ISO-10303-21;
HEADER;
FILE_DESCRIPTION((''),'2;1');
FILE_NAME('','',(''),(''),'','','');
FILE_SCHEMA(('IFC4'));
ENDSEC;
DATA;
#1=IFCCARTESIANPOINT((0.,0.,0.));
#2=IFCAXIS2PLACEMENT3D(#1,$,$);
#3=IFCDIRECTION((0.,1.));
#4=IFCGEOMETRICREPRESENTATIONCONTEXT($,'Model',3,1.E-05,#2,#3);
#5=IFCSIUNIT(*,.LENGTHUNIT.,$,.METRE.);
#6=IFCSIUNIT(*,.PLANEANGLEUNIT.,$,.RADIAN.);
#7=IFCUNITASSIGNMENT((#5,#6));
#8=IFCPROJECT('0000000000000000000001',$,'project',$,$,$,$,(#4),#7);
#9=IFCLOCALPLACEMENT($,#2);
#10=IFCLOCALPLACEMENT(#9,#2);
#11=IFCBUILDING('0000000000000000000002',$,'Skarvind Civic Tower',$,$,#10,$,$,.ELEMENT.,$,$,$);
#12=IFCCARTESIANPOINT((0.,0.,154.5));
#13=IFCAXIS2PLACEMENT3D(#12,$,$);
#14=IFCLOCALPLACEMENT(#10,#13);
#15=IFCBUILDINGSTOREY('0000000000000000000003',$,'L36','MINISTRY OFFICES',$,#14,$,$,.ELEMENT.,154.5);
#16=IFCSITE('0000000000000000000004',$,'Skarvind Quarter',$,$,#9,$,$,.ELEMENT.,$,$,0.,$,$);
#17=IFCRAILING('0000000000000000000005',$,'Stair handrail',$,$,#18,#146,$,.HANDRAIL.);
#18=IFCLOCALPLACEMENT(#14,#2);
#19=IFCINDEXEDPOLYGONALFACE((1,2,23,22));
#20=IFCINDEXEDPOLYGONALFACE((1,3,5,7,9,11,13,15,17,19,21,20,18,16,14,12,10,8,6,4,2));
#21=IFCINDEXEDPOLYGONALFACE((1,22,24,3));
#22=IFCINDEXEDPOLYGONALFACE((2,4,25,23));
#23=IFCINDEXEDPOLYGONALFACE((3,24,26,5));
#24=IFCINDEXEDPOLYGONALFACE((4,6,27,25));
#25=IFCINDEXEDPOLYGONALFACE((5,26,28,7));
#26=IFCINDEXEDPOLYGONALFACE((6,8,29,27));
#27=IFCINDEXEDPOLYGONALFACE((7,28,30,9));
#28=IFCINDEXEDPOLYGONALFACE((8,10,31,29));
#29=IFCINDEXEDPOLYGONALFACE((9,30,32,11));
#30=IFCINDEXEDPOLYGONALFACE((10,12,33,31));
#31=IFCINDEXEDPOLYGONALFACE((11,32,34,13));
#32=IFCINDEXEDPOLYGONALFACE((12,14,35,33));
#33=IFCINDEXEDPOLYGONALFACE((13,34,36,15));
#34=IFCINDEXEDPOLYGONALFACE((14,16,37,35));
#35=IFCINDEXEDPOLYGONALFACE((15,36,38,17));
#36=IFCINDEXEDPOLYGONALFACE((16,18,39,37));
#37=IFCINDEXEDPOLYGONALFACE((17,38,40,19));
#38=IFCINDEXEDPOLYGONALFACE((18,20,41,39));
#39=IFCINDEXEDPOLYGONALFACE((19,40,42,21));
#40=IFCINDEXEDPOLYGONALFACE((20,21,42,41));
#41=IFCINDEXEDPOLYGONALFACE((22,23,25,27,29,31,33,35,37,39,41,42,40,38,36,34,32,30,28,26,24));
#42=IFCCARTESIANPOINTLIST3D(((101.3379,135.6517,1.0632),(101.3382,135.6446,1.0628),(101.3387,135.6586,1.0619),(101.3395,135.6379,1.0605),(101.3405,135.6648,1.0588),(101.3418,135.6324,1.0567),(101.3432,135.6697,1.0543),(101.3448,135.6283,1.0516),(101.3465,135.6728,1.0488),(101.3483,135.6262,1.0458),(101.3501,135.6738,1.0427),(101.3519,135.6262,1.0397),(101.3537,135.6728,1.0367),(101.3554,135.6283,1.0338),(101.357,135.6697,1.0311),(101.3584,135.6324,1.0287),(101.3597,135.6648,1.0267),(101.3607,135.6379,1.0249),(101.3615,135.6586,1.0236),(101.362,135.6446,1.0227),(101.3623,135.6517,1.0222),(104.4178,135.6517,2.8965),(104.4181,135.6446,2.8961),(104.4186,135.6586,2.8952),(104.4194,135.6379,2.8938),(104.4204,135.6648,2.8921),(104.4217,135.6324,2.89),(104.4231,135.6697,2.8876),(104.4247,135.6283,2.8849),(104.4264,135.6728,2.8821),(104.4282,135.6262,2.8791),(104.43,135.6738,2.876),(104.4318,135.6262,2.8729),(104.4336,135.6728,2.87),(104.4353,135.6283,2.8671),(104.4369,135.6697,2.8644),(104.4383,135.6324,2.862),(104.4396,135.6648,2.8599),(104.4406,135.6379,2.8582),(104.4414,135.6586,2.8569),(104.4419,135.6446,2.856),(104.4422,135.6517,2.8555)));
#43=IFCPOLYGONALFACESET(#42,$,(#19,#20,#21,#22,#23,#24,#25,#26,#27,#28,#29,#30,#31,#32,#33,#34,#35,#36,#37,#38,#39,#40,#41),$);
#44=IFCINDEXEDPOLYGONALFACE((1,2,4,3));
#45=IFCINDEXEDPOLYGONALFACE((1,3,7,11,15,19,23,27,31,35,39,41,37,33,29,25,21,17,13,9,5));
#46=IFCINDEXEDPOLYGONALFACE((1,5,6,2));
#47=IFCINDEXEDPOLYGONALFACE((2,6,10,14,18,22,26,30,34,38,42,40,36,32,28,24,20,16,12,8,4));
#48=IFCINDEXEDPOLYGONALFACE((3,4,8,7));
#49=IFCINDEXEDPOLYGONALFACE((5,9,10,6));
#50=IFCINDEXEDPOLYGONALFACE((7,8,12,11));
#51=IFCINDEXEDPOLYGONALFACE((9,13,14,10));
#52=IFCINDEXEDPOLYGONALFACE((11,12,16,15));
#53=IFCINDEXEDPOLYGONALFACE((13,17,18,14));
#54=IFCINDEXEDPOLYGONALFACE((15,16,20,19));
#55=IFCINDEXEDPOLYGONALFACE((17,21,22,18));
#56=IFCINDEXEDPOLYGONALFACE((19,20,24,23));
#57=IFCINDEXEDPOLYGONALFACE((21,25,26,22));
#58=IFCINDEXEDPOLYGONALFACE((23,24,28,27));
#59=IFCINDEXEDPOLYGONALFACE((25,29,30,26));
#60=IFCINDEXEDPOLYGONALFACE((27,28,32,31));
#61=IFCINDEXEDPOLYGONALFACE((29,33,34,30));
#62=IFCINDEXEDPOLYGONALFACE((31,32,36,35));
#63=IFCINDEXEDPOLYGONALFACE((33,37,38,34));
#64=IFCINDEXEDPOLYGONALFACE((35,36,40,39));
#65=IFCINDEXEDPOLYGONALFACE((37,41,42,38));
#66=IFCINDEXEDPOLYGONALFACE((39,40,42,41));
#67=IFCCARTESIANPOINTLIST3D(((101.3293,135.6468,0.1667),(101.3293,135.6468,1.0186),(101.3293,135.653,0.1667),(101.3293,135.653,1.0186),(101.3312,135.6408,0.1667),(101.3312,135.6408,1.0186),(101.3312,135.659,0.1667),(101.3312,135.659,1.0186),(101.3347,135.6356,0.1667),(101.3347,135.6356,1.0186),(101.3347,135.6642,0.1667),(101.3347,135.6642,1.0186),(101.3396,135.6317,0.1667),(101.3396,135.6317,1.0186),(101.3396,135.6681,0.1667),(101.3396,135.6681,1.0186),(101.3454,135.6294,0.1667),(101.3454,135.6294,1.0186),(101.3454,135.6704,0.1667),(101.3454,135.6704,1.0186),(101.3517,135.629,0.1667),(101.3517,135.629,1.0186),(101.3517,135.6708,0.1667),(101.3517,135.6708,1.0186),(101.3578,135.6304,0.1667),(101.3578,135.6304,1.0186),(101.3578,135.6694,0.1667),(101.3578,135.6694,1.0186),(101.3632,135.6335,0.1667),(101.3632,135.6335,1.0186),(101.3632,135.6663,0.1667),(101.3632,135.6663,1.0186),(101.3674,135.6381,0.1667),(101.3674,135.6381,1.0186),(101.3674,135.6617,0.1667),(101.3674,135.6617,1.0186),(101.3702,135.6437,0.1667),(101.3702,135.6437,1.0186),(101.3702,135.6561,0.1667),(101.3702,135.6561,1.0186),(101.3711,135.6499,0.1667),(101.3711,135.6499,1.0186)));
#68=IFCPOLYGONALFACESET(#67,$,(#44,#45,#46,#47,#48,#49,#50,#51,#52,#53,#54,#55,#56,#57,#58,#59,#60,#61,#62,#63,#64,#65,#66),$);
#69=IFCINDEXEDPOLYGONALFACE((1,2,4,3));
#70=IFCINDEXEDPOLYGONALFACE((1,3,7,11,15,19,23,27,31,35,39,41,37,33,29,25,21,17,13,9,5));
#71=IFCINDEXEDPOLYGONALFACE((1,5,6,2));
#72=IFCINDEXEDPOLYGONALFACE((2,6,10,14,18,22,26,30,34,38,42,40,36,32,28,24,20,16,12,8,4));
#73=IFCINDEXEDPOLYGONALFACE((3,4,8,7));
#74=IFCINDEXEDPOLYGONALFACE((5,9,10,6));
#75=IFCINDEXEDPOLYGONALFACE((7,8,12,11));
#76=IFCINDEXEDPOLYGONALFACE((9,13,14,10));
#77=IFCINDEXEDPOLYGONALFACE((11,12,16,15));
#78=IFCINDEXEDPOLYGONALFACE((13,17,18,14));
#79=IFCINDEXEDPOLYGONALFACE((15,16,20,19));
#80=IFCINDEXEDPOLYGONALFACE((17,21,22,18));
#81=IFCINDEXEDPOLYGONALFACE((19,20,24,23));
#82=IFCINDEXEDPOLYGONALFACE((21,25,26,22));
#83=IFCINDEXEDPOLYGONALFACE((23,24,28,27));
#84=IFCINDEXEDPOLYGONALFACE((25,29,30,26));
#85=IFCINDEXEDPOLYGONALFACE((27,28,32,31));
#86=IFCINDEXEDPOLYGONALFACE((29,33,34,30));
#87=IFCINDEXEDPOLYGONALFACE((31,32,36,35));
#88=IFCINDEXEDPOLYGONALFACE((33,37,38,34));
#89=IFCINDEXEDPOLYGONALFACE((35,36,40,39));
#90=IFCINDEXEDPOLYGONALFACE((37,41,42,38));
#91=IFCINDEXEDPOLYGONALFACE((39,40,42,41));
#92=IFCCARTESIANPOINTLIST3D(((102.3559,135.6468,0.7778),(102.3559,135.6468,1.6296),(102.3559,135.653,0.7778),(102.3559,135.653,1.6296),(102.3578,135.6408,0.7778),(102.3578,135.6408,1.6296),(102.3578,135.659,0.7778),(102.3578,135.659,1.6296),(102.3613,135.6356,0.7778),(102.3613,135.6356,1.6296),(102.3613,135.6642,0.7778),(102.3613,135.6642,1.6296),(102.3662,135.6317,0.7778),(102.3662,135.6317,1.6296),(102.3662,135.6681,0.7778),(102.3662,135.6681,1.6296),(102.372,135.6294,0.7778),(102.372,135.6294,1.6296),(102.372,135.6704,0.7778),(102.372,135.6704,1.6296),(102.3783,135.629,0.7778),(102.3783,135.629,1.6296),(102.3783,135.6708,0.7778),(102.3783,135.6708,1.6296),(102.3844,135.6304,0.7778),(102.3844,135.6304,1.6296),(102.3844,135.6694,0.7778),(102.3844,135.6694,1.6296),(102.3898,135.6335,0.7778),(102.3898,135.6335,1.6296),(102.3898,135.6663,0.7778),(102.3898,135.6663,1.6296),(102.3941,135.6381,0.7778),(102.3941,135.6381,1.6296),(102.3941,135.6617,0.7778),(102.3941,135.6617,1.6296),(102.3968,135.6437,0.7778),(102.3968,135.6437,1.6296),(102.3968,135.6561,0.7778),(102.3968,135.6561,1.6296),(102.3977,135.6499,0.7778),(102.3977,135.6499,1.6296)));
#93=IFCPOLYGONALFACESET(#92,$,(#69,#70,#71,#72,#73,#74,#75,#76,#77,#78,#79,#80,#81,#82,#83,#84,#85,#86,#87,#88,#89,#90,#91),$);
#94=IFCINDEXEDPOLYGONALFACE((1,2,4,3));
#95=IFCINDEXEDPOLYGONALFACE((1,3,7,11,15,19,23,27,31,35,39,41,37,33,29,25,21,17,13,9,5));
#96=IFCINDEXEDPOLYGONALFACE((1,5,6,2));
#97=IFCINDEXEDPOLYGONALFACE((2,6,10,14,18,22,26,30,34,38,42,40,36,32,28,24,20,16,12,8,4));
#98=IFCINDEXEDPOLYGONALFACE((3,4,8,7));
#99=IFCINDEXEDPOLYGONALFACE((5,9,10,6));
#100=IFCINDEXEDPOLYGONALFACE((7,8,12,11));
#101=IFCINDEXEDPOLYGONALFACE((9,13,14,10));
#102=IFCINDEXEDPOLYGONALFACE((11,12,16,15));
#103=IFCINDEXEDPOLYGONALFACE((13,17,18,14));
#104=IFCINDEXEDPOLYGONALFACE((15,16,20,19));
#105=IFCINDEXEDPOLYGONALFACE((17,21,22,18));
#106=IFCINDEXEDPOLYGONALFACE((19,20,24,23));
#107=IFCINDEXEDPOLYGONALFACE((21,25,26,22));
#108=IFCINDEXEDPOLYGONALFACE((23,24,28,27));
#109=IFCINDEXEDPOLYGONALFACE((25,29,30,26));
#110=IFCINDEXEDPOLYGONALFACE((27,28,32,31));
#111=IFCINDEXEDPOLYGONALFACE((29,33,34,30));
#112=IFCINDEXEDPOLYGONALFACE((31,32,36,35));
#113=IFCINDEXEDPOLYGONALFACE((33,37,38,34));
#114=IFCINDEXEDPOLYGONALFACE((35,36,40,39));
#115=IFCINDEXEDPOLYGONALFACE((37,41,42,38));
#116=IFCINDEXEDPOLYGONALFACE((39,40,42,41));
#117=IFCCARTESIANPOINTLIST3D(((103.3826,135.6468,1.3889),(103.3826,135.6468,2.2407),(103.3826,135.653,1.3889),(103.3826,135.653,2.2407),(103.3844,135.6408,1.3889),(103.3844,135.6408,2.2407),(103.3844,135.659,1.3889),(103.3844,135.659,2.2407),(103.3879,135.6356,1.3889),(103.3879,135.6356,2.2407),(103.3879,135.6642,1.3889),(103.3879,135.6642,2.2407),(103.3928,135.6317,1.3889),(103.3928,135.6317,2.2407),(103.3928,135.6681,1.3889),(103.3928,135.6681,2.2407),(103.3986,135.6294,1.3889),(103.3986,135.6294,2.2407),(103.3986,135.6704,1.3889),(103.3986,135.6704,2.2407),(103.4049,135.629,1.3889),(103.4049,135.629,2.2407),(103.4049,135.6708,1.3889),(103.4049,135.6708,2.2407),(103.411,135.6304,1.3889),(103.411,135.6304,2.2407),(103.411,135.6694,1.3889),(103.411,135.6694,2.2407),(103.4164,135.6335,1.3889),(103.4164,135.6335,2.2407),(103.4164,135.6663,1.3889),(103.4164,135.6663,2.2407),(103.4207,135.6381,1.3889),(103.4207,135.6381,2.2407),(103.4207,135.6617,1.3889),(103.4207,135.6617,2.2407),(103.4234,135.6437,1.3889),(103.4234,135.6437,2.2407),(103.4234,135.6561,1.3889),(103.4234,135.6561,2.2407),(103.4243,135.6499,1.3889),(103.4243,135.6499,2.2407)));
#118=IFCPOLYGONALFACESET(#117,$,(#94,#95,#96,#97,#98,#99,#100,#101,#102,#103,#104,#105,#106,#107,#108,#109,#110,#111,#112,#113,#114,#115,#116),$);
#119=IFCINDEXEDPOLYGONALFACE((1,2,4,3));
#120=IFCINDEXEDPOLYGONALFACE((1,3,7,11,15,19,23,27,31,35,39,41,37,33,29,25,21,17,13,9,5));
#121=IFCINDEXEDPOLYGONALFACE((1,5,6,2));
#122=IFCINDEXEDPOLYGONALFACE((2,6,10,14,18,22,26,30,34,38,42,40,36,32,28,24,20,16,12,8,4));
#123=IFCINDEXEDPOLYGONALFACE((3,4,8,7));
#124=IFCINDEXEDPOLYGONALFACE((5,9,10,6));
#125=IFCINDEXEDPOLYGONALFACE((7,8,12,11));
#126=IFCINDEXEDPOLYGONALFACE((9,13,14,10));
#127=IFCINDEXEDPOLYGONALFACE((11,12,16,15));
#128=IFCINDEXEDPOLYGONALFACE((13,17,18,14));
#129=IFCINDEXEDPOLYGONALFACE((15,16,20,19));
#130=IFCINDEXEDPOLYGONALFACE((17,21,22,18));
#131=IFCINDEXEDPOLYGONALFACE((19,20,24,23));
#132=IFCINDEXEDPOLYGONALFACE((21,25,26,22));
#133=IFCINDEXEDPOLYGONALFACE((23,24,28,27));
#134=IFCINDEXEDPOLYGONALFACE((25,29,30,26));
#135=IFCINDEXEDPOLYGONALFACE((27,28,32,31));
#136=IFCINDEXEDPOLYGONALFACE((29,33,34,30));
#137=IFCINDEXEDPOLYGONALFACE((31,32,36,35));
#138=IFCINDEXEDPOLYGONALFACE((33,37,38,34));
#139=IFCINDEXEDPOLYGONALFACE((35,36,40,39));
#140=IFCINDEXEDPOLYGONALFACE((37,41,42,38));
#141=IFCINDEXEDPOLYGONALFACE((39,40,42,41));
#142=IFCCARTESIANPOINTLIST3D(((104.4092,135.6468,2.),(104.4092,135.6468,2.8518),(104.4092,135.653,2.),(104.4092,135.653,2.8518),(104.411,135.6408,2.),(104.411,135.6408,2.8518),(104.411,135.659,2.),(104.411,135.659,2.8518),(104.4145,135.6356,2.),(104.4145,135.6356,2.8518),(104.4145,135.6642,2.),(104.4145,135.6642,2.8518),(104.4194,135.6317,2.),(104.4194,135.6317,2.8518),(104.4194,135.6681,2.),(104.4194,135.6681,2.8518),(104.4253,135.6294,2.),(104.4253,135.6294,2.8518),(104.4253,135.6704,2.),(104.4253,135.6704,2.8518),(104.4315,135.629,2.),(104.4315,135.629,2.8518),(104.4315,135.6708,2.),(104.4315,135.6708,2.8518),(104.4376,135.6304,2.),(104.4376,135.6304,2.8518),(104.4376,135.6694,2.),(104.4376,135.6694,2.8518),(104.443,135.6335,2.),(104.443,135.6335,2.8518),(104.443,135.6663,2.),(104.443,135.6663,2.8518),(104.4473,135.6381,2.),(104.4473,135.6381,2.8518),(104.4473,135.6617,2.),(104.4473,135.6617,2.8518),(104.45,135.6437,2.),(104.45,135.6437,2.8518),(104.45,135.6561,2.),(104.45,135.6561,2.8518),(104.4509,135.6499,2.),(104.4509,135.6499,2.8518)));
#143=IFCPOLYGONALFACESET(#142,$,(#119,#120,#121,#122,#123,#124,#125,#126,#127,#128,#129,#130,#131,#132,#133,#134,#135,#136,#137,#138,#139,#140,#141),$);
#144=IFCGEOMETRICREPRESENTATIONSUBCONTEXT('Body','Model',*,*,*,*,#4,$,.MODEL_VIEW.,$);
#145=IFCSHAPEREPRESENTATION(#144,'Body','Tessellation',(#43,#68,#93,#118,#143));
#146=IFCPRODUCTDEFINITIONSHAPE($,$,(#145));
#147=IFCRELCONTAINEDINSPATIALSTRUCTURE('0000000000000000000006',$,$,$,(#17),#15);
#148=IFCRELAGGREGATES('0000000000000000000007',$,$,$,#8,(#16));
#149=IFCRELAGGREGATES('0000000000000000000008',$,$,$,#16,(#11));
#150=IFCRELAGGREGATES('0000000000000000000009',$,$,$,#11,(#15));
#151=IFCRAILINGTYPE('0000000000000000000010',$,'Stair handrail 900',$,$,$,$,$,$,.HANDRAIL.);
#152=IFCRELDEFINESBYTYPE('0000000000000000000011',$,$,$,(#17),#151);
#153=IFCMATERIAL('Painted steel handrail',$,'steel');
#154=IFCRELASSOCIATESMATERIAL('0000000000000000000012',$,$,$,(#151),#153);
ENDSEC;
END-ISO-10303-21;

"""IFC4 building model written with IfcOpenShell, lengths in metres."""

from ifc_helpers import new_model, si_unit, direction, frame, origin, origin_2d, place, context, subcontext, project, spatial, circle, extrude, material, type_object, element, save


model = new_model("IFC4")

# Units and contexts
model_context = context("Model", 3, precision=1e-05, world=origin(), true_north=direction((0.0, 1.0)))
body_context = subcontext(model_context, "Body", "Model", "MODEL_VIEW")
ifc_project = project(units=[si_unit("LENGTHUNIT", "METRE"), si_unit("PLANEANGLEUNIT", "RADIAN")], contexts=[model_context])

# Site, building, storey
site_placement = place(None, origin())
site = spatial("IfcSite", under=ifc_project, at=site_placement, Name="Skarvind Quarter", CompositionType="ELEMENT", RefElevation=0.0)
building_placement = place(site_placement, origin())
building = spatial("IfcBuilding", under=site, at=building_placement, Name="Skarvind Civic Tower", CompositionType="ELEMENT")
storey_placement = place(building_placement, frame((0.0, 0.0, 154.5)))
storey = spatial("IfcBuildingStorey", under=building, at=storey_placement, Name="L36", Description="MINISTRY OFFICES", CompositionType="ELEMENT", Elevation=154.5)

# Railing
ifc_material_1 = material(Name="Painted steel handrail", Category="steel")
railing_type = type_object("IfcRailingType", Name="Stair handrail 900", PredefinedType="HANDRAIL", material=ifc_material_1)
railing_1_placement = place(storey_placement, frame((101.3501, 135.6499, 0.1667)))
element("IfcRailing", 1, at=railing_1_placement, inside=storey, type_object=railing_type, Name="Stair handrail", PredefinedType="HANDRAIL", context=body_context, shape_type="SweptSolid", body=[
    extrude(circle(Radius=0.0239, at=origin_2d()), frame((0.0, 0.0, 0.876), z_axis=(0.859291, 0.0, 0.511487), x_axis=(0.0, 1.0, 0.0)), (0.0, 0.0, 1.0), 3.5842),
    extrude(circle(Radius=0.021, at=origin_2d()), origin(), (0.0, 0.0, 1.0), 0.8518),
    extrude(circle(Radius=0.021, at=origin_2d()), frame((1.0266, 0.0, 0.6111)), (0.0, 0.0, 1.0), 0.8518),
    extrude(circle(Radius=0.021, at=origin_2d()), frame((2.0532, 0.0, 1.2222)), (0.0, 0.0, 1.0), 0.8518),
    extrude(circle(Radius=0.021, at=origin_2d()), frame((3.0798, 0.0, 1.8333)), (0.0, 0.0, 1.0), 0.8518),
])

save(model, "model.ifc")
